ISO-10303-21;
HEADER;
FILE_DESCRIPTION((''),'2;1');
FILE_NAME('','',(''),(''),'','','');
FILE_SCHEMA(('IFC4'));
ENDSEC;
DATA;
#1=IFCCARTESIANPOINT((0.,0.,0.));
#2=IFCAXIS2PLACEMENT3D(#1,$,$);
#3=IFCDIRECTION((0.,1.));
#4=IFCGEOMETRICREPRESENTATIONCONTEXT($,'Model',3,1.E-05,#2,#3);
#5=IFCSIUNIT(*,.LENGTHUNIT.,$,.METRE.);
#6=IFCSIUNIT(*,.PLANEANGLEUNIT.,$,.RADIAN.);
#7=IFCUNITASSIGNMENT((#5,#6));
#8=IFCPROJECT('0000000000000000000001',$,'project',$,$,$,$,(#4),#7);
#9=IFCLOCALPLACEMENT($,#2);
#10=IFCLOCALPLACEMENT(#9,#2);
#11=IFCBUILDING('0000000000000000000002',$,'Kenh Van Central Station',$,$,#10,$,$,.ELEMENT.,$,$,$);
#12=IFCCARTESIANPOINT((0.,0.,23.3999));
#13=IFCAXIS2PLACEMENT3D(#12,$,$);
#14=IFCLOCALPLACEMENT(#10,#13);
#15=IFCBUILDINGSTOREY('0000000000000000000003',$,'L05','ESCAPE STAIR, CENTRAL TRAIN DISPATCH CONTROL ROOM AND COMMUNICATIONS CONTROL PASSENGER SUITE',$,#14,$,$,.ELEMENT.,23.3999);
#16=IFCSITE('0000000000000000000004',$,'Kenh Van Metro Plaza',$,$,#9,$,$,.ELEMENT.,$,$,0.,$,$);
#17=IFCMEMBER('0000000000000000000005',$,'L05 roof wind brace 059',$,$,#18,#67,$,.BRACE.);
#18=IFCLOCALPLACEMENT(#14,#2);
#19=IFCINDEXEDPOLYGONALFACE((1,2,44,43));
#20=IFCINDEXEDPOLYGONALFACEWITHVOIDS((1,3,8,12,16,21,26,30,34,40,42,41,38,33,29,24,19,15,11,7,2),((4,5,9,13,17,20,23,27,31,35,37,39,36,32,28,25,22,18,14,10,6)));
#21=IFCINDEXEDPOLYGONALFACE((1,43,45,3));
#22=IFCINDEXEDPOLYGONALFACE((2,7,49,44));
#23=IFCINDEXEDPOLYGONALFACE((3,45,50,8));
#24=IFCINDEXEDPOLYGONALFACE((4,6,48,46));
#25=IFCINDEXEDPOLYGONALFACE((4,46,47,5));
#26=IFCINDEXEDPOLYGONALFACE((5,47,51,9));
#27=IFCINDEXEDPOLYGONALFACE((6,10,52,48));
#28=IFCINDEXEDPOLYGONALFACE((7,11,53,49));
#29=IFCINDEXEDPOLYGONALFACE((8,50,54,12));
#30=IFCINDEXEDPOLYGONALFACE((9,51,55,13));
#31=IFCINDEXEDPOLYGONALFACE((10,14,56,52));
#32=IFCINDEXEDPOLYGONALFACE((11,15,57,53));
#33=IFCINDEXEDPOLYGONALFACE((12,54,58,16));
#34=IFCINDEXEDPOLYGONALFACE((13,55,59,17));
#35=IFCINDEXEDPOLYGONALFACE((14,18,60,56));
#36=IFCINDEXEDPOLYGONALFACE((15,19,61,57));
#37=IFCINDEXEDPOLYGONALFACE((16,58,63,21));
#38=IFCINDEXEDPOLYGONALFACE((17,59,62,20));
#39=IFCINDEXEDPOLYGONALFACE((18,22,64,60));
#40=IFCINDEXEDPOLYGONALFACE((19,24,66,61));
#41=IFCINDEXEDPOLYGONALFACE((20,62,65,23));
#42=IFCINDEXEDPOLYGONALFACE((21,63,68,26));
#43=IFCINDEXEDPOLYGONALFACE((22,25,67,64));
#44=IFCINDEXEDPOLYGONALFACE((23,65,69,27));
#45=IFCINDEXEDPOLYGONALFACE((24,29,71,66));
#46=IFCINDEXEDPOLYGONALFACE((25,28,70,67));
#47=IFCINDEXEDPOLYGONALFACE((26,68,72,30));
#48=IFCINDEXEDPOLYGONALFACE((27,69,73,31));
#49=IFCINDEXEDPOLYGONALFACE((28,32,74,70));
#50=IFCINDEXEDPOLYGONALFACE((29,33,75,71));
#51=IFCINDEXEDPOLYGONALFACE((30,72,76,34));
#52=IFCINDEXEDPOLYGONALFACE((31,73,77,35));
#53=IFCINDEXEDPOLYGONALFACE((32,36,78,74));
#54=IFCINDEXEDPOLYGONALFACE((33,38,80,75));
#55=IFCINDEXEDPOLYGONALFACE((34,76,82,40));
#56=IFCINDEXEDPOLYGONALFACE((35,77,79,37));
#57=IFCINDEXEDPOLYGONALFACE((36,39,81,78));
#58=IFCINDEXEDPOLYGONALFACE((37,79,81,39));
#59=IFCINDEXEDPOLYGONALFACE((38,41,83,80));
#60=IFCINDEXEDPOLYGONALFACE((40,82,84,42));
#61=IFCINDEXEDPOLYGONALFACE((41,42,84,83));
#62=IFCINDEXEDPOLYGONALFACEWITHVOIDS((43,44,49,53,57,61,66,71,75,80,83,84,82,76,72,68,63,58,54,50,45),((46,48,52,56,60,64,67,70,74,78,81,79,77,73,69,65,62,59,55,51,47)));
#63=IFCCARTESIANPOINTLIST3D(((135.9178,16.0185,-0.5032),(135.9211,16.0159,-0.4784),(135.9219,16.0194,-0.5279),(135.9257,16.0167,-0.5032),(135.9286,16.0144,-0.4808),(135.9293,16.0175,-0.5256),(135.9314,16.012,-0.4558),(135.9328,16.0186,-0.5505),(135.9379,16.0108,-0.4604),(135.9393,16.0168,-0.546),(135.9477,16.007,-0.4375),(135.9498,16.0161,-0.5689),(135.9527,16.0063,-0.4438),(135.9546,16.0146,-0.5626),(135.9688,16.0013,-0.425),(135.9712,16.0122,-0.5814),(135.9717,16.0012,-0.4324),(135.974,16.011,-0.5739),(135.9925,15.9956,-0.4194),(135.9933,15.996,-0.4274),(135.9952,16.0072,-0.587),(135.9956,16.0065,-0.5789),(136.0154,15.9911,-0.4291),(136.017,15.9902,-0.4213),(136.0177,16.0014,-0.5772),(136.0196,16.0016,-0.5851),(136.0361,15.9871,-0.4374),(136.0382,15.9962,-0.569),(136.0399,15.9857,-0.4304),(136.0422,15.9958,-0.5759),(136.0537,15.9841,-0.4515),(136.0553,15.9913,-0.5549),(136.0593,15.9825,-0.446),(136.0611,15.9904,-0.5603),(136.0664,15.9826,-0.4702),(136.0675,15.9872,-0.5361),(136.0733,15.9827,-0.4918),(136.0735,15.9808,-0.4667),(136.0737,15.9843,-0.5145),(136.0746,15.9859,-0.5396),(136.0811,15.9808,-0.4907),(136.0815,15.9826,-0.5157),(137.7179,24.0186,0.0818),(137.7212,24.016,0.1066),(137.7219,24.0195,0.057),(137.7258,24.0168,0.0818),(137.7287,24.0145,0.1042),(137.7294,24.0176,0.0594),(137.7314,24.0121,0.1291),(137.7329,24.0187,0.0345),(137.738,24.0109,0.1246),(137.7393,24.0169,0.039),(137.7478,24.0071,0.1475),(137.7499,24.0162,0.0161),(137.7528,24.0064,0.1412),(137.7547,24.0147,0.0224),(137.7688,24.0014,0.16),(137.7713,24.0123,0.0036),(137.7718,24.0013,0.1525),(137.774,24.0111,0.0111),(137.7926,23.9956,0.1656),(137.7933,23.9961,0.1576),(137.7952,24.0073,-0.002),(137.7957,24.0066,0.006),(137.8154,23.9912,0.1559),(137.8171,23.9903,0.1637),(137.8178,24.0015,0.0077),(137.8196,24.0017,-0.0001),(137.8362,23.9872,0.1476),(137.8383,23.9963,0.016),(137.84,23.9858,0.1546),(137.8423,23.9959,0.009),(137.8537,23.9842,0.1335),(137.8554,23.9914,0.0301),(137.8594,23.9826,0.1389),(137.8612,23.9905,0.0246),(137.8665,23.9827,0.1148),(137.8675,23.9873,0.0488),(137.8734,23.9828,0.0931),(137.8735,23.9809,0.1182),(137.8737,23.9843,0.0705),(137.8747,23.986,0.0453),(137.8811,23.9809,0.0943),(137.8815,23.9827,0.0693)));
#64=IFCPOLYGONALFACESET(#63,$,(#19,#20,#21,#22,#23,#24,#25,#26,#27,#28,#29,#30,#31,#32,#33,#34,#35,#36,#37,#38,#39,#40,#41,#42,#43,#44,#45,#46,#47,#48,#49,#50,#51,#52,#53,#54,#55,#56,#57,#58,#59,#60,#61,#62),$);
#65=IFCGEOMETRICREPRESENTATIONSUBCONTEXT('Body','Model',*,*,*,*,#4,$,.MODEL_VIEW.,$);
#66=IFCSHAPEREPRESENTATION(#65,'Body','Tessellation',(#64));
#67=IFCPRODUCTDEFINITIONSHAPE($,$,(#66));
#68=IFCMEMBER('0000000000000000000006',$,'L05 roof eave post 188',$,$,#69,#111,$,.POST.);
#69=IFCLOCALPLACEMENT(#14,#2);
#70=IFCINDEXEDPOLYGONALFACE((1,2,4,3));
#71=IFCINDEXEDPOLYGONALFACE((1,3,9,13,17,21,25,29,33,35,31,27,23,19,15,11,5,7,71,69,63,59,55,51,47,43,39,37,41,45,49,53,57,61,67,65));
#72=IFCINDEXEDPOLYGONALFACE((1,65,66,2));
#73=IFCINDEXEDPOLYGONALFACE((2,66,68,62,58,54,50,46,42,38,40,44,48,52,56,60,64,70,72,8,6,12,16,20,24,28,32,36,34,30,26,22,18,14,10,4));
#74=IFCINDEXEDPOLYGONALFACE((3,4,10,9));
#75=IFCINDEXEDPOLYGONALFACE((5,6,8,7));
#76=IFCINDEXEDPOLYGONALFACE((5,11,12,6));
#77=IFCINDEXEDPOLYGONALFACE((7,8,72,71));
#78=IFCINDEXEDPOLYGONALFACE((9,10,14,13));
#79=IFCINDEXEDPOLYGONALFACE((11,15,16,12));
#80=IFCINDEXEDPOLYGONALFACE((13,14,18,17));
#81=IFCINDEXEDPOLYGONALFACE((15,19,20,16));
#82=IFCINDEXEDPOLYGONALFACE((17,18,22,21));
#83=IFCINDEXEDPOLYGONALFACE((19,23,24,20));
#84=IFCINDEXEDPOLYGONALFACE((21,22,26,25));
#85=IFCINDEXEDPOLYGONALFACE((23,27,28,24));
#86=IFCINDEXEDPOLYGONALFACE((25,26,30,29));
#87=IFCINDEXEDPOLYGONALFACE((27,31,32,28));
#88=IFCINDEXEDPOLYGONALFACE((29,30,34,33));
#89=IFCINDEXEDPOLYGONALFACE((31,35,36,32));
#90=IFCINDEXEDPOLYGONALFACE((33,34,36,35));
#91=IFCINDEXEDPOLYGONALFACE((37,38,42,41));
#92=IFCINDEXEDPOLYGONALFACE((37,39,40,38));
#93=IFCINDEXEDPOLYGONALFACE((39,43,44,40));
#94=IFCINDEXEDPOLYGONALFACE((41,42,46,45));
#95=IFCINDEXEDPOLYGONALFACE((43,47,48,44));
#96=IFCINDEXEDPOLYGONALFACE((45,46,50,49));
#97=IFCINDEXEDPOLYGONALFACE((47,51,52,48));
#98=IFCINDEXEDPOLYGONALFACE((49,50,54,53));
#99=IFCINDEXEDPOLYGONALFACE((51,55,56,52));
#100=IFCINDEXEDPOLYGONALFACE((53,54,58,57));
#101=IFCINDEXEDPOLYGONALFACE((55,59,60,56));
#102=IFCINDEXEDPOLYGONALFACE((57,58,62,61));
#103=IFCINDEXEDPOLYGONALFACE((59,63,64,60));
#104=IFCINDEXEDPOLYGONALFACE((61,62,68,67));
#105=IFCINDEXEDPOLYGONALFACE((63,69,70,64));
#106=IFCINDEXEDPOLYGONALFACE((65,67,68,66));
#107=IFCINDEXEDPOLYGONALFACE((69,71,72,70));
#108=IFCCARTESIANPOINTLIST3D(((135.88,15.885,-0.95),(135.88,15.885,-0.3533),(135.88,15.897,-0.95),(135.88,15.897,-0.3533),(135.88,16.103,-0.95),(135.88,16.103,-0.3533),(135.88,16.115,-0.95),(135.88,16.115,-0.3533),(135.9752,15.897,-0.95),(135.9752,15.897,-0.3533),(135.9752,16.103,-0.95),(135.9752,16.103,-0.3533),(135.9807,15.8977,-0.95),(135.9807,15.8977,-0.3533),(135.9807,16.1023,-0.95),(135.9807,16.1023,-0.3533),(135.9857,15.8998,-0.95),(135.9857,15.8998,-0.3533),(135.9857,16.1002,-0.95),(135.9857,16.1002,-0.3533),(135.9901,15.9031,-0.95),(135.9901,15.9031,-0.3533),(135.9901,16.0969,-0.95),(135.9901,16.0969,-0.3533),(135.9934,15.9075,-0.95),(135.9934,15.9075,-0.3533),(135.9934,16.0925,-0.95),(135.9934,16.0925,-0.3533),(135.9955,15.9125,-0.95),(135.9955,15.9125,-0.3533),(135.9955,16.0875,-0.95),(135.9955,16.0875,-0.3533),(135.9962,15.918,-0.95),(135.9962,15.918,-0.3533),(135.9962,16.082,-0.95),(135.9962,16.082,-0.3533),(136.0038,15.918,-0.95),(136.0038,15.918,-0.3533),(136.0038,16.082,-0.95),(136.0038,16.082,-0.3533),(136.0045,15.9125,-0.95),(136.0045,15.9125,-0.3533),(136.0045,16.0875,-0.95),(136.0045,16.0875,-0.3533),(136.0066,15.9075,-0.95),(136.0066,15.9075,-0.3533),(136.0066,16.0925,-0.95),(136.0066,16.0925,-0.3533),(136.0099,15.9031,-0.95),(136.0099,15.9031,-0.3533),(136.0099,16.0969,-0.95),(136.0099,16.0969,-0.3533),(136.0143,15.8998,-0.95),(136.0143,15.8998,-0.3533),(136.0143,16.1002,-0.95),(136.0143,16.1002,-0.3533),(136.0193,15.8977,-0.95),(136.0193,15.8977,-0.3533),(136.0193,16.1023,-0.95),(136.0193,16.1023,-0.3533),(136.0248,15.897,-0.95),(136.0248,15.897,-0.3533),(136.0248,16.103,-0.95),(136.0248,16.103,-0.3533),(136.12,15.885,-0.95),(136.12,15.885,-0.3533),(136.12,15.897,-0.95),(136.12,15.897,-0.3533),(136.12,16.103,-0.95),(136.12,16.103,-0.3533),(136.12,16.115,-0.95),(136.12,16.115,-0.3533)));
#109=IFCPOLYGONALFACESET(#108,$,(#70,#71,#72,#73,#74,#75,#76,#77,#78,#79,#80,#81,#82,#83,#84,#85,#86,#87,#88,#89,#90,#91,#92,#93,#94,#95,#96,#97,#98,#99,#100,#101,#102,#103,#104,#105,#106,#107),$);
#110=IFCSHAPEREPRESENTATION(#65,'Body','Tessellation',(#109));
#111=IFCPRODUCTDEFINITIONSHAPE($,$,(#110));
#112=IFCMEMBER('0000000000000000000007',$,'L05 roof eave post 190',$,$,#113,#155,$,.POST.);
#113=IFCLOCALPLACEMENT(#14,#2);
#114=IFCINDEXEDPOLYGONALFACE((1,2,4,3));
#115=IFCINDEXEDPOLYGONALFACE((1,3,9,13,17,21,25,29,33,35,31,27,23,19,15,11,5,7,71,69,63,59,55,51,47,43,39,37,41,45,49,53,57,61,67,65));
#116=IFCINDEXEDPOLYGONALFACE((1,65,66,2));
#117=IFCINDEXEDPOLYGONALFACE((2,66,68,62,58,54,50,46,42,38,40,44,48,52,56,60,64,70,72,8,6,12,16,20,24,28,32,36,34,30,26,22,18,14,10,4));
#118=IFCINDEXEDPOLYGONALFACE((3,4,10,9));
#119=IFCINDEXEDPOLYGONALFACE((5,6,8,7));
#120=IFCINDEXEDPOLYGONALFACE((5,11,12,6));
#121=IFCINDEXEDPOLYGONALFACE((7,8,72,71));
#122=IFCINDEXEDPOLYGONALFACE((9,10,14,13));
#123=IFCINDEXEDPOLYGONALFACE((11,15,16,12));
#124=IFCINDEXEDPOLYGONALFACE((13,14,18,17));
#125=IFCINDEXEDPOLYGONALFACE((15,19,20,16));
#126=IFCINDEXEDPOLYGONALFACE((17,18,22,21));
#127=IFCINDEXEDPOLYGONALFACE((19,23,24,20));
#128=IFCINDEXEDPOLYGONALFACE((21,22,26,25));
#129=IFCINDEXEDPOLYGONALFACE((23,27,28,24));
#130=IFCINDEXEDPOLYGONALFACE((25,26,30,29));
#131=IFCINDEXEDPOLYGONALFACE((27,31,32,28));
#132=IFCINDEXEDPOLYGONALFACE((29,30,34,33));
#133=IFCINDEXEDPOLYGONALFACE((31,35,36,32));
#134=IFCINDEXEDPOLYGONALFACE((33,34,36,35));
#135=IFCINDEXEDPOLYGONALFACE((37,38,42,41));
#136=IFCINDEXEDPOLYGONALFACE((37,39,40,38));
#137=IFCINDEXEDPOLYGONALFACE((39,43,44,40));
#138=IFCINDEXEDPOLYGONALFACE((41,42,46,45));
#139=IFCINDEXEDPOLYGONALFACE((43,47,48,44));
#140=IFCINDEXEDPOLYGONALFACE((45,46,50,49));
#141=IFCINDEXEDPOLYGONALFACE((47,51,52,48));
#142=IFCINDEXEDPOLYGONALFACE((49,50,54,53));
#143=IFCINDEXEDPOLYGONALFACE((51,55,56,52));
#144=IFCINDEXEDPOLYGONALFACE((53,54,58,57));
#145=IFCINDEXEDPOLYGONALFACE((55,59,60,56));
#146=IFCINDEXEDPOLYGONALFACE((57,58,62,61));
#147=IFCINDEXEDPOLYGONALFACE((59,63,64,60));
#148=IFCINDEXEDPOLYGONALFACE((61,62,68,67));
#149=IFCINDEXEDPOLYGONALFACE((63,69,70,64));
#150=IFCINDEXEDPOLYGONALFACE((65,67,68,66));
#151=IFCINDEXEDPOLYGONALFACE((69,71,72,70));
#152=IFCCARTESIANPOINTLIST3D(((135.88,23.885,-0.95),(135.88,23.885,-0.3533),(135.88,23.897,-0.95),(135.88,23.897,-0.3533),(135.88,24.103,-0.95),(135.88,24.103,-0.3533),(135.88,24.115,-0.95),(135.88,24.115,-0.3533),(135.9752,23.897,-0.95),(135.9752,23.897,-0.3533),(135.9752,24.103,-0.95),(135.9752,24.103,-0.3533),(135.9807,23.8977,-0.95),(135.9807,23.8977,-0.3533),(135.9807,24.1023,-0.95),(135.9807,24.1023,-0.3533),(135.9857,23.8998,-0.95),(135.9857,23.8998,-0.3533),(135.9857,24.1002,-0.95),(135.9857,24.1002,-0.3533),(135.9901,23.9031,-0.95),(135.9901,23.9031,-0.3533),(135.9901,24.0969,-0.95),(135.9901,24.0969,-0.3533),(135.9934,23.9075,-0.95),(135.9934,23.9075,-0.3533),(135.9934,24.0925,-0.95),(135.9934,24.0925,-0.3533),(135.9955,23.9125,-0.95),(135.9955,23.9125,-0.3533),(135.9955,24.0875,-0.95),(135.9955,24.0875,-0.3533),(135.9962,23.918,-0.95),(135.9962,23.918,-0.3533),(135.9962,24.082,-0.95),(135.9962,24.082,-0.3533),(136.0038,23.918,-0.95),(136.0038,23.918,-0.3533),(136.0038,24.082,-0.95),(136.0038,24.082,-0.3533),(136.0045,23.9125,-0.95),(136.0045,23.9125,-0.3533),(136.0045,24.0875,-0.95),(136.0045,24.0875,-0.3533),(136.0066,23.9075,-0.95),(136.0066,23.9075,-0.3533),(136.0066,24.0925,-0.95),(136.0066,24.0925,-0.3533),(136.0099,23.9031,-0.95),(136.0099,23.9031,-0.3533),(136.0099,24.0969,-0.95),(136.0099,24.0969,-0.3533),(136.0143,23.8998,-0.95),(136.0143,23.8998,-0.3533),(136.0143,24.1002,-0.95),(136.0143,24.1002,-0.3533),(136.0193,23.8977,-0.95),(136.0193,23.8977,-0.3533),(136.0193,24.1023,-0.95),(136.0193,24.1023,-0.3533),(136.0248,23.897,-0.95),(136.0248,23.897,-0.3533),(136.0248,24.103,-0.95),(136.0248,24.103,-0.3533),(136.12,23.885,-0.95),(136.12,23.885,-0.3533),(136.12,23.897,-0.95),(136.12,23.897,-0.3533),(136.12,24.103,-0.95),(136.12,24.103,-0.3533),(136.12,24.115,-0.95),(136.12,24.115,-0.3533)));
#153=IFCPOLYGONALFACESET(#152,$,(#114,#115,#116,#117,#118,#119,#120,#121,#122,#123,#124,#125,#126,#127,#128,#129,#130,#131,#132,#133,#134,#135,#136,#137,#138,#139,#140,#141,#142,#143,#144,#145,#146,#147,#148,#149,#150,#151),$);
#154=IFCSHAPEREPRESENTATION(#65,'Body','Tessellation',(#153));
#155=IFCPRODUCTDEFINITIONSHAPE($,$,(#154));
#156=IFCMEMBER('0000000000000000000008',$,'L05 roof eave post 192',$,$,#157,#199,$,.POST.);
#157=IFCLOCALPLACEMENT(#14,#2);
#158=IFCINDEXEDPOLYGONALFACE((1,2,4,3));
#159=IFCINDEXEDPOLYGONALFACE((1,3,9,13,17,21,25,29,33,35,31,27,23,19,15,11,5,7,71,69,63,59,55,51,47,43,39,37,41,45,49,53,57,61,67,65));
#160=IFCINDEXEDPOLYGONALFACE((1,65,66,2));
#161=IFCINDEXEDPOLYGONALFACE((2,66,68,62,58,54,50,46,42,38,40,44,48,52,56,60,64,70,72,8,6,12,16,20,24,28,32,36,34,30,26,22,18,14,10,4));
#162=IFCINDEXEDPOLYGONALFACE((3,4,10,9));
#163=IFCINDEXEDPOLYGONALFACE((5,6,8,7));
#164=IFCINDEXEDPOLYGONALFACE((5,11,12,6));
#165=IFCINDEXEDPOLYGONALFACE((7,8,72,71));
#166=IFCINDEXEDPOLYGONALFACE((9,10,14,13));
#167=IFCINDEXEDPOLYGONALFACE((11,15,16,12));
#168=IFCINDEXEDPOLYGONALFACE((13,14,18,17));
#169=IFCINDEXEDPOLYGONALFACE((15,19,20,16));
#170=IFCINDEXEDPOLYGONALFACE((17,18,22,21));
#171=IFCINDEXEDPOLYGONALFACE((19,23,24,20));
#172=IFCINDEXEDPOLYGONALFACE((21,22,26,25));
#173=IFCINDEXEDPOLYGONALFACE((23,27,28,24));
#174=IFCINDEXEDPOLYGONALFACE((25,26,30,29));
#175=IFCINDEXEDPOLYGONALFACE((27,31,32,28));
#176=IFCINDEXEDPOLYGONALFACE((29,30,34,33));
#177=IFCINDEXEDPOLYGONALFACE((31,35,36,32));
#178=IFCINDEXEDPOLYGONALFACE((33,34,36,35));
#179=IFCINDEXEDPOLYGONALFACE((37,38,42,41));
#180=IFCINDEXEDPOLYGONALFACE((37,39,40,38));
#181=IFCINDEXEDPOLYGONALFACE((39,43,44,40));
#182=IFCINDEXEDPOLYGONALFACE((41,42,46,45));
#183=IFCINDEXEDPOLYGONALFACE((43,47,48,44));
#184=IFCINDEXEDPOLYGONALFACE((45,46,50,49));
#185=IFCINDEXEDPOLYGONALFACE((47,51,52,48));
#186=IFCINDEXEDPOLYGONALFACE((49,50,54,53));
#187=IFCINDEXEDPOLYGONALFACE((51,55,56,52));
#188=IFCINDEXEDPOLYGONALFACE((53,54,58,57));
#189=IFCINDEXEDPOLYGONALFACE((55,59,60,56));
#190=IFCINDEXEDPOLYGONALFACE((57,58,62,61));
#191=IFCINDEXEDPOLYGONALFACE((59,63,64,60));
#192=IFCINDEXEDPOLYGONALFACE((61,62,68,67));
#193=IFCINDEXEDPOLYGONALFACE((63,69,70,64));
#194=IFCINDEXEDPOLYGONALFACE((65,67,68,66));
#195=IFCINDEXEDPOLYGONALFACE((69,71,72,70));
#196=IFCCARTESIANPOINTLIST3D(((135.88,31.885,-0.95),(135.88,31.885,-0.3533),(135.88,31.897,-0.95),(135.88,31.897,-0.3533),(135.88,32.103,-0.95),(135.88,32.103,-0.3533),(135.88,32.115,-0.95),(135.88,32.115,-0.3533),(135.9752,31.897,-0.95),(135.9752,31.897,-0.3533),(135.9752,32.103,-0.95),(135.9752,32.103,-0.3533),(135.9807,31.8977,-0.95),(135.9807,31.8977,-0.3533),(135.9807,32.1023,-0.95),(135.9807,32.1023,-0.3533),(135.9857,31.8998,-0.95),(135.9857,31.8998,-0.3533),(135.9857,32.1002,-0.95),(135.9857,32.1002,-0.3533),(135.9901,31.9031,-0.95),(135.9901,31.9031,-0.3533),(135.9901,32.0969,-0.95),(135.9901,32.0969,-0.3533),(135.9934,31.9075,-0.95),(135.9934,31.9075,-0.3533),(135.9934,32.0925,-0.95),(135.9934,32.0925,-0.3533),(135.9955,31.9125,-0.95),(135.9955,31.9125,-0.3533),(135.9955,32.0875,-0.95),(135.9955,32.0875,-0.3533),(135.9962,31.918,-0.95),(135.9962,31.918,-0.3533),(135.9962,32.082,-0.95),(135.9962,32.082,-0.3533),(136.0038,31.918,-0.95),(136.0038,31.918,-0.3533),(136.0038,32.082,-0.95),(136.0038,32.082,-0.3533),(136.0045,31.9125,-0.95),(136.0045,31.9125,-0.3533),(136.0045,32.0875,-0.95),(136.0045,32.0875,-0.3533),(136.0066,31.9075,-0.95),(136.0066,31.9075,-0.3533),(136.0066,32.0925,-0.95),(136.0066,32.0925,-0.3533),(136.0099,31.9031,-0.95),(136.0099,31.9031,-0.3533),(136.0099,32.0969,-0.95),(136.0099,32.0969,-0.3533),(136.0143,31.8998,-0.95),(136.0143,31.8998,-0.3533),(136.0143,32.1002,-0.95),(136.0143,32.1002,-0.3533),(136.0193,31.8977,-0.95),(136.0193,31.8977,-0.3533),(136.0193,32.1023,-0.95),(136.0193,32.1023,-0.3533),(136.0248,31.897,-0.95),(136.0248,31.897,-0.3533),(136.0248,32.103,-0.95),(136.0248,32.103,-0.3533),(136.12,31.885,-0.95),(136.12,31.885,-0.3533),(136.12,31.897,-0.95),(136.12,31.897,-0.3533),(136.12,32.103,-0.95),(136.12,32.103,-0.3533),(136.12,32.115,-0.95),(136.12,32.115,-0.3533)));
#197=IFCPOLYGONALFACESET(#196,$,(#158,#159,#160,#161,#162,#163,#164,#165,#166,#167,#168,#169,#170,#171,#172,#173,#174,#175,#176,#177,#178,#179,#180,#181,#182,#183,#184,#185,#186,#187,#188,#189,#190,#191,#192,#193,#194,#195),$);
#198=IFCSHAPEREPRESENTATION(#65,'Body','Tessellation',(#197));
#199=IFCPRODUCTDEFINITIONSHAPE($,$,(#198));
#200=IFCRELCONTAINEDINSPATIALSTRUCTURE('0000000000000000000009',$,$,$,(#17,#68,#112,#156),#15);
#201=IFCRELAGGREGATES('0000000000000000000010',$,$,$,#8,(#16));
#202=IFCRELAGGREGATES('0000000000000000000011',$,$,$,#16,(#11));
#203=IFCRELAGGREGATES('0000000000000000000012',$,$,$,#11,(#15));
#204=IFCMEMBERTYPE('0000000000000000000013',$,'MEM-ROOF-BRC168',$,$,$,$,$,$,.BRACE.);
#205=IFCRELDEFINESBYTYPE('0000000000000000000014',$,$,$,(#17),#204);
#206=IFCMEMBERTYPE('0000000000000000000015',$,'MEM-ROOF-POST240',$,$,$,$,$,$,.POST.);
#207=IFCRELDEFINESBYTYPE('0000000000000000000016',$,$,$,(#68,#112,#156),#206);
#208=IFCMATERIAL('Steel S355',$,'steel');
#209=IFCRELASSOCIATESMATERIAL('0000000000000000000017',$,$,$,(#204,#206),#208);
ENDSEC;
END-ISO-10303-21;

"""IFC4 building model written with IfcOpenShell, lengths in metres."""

from ifc_helpers import new_model, si_unit, direction, frame, origin, origin_2d, place, context, subcontext, project, spatial, hollow_circle, i_section, extrude, material, material_profile, profile_set, type_object, element, save


model = new_model("IFC4")

# Units and contexts
model_context = context("Model", 3, precision=1e-05, world=origin(), true_north=direction((0.0, 1.0)))
body_context = subcontext(model_context, "Body", "Model", "MODEL_VIEW")
ifc_project = project(units=[si_unit("LENGTHUNIT", "METRE"), si_unit("PLANEANGLEUNIT", "RADIAN")], contexts=[model_context])

# Site, building, storey
site_placement = place(None, origin())
site = spatial("IfcSite", under=ifc_project, at=site_placement, Name="Kenh Van Metro Plaza", CompositionType="ELEMENT", RefElevation=0.0)
building_placement = place(site_placement, origin())
building = spatial("IfcBuilding", under=site, at=building_placement, Name="Kenh Van Central Station", CompositionType="ELEMENT")
storey_placement = place(building_placement, frame((0.0, 0.0, 23.3999)))
storey = spatial("IfcBuildingStorey", under=building, at=storey_placement, Name="L05", Description="ESCAPE STAIR, CENTRAL TRAIN DISPATCH CONTROL ROOM AND COMMUNICATIONS CONTROL PASSENGER SUITE", CompositionType="ELEMENT", Elevation=23.3999)

# Shared definitions
ifc_material_1 = material(Name="Steel S355", Category="steel")

# Members
ifc_material_profile_1 = material_profile(ifc_material_1, hollow_circle(Radius=0.0842, WallThickness=0.0081, at=origin_2d()), Name="CHS 168.3x8")
ifc_profile_set_1 = profile_set([ifc_material_profile_1], Name="Steel S355")
member_type_1 = type_object("IfcMemberType", Name="MEM-ROOF-BRC168", PredefinedType="BRACE", material=ifc_profile_set_1)
member_placement = place(storey_placement, frame((136.0, 16.0, -0.5032), z_axis=(0.218961, 0.973136, 0.071156), x_axis=(-0.975608, 0.219518, 0.0)))
element("IfcMember", 1, at=member_placement, inside=storey, type_object=member_type_1, Name="L05 roof wind brace 059", PredefinedType="BRACE", context=body_context, shape_type="SweptSolid", body=[
    extrude(hollow_circle(Radius=0.0842, WallThickness=0.0081, at=origin_2d()), origin(), (0.0, 0.0, 1.0), 8.2209),
])
ifc_material_profile_2 = material_profile(ifc_material_1, i_section(OverallWidth=0.24, OverallDepth=0.23, WebThickness=0.0076, FlangeThickness=0.012, FilletRadius=0.021, at=origin_2d()), Name="HEA 240")
ifc_profile_set_2 = profile_set([ifc_material_profile_2], Name="Steel S355")
member_type_2 = type_object("IfcMemberType", Name="MEM-ROOF-POST240", PredefinedType="POST", material=ifc_profile_set_2)
for number, where, z_axis, x_axis, name in (
    (2, (136.0, 16.0, -0.95), (0.0, 0.0, 1.0), (1.0, 0.0, 0.0), "L05 roof eave post 188"),
    (3, (136.0, 24.0, -0.95), (0.0, 0.0, 1.0), (1.0, 0.0, 0.0), "L05 roof eave post 190"),
    (4, (136.0, 32.0, -0.95), (0.0, 0.0, 1.0), (1.0, 0.0, 0.0), "L05 roof eave post 192"),
):
    element("IfcMember", number, at=place(storey_placement, frame(where, z_axis=z_axis, x_axis=x_axis)), inside=storey, type_object=member_type_2, Name=name, PredefinedType="POST", context=body_context, shape_type="SweptSolid", body=[
        extrude(i_section(OverallWidth=0.24, OverallDepth=0.23, WebThickness=0.0076, FlangeThickness=0.012, FilletRadius=0.021, at=origin_2d()), origin(), (0.0, 0.0, 1.0), 0.5967),
    ])

save(model, "model.ifc")
